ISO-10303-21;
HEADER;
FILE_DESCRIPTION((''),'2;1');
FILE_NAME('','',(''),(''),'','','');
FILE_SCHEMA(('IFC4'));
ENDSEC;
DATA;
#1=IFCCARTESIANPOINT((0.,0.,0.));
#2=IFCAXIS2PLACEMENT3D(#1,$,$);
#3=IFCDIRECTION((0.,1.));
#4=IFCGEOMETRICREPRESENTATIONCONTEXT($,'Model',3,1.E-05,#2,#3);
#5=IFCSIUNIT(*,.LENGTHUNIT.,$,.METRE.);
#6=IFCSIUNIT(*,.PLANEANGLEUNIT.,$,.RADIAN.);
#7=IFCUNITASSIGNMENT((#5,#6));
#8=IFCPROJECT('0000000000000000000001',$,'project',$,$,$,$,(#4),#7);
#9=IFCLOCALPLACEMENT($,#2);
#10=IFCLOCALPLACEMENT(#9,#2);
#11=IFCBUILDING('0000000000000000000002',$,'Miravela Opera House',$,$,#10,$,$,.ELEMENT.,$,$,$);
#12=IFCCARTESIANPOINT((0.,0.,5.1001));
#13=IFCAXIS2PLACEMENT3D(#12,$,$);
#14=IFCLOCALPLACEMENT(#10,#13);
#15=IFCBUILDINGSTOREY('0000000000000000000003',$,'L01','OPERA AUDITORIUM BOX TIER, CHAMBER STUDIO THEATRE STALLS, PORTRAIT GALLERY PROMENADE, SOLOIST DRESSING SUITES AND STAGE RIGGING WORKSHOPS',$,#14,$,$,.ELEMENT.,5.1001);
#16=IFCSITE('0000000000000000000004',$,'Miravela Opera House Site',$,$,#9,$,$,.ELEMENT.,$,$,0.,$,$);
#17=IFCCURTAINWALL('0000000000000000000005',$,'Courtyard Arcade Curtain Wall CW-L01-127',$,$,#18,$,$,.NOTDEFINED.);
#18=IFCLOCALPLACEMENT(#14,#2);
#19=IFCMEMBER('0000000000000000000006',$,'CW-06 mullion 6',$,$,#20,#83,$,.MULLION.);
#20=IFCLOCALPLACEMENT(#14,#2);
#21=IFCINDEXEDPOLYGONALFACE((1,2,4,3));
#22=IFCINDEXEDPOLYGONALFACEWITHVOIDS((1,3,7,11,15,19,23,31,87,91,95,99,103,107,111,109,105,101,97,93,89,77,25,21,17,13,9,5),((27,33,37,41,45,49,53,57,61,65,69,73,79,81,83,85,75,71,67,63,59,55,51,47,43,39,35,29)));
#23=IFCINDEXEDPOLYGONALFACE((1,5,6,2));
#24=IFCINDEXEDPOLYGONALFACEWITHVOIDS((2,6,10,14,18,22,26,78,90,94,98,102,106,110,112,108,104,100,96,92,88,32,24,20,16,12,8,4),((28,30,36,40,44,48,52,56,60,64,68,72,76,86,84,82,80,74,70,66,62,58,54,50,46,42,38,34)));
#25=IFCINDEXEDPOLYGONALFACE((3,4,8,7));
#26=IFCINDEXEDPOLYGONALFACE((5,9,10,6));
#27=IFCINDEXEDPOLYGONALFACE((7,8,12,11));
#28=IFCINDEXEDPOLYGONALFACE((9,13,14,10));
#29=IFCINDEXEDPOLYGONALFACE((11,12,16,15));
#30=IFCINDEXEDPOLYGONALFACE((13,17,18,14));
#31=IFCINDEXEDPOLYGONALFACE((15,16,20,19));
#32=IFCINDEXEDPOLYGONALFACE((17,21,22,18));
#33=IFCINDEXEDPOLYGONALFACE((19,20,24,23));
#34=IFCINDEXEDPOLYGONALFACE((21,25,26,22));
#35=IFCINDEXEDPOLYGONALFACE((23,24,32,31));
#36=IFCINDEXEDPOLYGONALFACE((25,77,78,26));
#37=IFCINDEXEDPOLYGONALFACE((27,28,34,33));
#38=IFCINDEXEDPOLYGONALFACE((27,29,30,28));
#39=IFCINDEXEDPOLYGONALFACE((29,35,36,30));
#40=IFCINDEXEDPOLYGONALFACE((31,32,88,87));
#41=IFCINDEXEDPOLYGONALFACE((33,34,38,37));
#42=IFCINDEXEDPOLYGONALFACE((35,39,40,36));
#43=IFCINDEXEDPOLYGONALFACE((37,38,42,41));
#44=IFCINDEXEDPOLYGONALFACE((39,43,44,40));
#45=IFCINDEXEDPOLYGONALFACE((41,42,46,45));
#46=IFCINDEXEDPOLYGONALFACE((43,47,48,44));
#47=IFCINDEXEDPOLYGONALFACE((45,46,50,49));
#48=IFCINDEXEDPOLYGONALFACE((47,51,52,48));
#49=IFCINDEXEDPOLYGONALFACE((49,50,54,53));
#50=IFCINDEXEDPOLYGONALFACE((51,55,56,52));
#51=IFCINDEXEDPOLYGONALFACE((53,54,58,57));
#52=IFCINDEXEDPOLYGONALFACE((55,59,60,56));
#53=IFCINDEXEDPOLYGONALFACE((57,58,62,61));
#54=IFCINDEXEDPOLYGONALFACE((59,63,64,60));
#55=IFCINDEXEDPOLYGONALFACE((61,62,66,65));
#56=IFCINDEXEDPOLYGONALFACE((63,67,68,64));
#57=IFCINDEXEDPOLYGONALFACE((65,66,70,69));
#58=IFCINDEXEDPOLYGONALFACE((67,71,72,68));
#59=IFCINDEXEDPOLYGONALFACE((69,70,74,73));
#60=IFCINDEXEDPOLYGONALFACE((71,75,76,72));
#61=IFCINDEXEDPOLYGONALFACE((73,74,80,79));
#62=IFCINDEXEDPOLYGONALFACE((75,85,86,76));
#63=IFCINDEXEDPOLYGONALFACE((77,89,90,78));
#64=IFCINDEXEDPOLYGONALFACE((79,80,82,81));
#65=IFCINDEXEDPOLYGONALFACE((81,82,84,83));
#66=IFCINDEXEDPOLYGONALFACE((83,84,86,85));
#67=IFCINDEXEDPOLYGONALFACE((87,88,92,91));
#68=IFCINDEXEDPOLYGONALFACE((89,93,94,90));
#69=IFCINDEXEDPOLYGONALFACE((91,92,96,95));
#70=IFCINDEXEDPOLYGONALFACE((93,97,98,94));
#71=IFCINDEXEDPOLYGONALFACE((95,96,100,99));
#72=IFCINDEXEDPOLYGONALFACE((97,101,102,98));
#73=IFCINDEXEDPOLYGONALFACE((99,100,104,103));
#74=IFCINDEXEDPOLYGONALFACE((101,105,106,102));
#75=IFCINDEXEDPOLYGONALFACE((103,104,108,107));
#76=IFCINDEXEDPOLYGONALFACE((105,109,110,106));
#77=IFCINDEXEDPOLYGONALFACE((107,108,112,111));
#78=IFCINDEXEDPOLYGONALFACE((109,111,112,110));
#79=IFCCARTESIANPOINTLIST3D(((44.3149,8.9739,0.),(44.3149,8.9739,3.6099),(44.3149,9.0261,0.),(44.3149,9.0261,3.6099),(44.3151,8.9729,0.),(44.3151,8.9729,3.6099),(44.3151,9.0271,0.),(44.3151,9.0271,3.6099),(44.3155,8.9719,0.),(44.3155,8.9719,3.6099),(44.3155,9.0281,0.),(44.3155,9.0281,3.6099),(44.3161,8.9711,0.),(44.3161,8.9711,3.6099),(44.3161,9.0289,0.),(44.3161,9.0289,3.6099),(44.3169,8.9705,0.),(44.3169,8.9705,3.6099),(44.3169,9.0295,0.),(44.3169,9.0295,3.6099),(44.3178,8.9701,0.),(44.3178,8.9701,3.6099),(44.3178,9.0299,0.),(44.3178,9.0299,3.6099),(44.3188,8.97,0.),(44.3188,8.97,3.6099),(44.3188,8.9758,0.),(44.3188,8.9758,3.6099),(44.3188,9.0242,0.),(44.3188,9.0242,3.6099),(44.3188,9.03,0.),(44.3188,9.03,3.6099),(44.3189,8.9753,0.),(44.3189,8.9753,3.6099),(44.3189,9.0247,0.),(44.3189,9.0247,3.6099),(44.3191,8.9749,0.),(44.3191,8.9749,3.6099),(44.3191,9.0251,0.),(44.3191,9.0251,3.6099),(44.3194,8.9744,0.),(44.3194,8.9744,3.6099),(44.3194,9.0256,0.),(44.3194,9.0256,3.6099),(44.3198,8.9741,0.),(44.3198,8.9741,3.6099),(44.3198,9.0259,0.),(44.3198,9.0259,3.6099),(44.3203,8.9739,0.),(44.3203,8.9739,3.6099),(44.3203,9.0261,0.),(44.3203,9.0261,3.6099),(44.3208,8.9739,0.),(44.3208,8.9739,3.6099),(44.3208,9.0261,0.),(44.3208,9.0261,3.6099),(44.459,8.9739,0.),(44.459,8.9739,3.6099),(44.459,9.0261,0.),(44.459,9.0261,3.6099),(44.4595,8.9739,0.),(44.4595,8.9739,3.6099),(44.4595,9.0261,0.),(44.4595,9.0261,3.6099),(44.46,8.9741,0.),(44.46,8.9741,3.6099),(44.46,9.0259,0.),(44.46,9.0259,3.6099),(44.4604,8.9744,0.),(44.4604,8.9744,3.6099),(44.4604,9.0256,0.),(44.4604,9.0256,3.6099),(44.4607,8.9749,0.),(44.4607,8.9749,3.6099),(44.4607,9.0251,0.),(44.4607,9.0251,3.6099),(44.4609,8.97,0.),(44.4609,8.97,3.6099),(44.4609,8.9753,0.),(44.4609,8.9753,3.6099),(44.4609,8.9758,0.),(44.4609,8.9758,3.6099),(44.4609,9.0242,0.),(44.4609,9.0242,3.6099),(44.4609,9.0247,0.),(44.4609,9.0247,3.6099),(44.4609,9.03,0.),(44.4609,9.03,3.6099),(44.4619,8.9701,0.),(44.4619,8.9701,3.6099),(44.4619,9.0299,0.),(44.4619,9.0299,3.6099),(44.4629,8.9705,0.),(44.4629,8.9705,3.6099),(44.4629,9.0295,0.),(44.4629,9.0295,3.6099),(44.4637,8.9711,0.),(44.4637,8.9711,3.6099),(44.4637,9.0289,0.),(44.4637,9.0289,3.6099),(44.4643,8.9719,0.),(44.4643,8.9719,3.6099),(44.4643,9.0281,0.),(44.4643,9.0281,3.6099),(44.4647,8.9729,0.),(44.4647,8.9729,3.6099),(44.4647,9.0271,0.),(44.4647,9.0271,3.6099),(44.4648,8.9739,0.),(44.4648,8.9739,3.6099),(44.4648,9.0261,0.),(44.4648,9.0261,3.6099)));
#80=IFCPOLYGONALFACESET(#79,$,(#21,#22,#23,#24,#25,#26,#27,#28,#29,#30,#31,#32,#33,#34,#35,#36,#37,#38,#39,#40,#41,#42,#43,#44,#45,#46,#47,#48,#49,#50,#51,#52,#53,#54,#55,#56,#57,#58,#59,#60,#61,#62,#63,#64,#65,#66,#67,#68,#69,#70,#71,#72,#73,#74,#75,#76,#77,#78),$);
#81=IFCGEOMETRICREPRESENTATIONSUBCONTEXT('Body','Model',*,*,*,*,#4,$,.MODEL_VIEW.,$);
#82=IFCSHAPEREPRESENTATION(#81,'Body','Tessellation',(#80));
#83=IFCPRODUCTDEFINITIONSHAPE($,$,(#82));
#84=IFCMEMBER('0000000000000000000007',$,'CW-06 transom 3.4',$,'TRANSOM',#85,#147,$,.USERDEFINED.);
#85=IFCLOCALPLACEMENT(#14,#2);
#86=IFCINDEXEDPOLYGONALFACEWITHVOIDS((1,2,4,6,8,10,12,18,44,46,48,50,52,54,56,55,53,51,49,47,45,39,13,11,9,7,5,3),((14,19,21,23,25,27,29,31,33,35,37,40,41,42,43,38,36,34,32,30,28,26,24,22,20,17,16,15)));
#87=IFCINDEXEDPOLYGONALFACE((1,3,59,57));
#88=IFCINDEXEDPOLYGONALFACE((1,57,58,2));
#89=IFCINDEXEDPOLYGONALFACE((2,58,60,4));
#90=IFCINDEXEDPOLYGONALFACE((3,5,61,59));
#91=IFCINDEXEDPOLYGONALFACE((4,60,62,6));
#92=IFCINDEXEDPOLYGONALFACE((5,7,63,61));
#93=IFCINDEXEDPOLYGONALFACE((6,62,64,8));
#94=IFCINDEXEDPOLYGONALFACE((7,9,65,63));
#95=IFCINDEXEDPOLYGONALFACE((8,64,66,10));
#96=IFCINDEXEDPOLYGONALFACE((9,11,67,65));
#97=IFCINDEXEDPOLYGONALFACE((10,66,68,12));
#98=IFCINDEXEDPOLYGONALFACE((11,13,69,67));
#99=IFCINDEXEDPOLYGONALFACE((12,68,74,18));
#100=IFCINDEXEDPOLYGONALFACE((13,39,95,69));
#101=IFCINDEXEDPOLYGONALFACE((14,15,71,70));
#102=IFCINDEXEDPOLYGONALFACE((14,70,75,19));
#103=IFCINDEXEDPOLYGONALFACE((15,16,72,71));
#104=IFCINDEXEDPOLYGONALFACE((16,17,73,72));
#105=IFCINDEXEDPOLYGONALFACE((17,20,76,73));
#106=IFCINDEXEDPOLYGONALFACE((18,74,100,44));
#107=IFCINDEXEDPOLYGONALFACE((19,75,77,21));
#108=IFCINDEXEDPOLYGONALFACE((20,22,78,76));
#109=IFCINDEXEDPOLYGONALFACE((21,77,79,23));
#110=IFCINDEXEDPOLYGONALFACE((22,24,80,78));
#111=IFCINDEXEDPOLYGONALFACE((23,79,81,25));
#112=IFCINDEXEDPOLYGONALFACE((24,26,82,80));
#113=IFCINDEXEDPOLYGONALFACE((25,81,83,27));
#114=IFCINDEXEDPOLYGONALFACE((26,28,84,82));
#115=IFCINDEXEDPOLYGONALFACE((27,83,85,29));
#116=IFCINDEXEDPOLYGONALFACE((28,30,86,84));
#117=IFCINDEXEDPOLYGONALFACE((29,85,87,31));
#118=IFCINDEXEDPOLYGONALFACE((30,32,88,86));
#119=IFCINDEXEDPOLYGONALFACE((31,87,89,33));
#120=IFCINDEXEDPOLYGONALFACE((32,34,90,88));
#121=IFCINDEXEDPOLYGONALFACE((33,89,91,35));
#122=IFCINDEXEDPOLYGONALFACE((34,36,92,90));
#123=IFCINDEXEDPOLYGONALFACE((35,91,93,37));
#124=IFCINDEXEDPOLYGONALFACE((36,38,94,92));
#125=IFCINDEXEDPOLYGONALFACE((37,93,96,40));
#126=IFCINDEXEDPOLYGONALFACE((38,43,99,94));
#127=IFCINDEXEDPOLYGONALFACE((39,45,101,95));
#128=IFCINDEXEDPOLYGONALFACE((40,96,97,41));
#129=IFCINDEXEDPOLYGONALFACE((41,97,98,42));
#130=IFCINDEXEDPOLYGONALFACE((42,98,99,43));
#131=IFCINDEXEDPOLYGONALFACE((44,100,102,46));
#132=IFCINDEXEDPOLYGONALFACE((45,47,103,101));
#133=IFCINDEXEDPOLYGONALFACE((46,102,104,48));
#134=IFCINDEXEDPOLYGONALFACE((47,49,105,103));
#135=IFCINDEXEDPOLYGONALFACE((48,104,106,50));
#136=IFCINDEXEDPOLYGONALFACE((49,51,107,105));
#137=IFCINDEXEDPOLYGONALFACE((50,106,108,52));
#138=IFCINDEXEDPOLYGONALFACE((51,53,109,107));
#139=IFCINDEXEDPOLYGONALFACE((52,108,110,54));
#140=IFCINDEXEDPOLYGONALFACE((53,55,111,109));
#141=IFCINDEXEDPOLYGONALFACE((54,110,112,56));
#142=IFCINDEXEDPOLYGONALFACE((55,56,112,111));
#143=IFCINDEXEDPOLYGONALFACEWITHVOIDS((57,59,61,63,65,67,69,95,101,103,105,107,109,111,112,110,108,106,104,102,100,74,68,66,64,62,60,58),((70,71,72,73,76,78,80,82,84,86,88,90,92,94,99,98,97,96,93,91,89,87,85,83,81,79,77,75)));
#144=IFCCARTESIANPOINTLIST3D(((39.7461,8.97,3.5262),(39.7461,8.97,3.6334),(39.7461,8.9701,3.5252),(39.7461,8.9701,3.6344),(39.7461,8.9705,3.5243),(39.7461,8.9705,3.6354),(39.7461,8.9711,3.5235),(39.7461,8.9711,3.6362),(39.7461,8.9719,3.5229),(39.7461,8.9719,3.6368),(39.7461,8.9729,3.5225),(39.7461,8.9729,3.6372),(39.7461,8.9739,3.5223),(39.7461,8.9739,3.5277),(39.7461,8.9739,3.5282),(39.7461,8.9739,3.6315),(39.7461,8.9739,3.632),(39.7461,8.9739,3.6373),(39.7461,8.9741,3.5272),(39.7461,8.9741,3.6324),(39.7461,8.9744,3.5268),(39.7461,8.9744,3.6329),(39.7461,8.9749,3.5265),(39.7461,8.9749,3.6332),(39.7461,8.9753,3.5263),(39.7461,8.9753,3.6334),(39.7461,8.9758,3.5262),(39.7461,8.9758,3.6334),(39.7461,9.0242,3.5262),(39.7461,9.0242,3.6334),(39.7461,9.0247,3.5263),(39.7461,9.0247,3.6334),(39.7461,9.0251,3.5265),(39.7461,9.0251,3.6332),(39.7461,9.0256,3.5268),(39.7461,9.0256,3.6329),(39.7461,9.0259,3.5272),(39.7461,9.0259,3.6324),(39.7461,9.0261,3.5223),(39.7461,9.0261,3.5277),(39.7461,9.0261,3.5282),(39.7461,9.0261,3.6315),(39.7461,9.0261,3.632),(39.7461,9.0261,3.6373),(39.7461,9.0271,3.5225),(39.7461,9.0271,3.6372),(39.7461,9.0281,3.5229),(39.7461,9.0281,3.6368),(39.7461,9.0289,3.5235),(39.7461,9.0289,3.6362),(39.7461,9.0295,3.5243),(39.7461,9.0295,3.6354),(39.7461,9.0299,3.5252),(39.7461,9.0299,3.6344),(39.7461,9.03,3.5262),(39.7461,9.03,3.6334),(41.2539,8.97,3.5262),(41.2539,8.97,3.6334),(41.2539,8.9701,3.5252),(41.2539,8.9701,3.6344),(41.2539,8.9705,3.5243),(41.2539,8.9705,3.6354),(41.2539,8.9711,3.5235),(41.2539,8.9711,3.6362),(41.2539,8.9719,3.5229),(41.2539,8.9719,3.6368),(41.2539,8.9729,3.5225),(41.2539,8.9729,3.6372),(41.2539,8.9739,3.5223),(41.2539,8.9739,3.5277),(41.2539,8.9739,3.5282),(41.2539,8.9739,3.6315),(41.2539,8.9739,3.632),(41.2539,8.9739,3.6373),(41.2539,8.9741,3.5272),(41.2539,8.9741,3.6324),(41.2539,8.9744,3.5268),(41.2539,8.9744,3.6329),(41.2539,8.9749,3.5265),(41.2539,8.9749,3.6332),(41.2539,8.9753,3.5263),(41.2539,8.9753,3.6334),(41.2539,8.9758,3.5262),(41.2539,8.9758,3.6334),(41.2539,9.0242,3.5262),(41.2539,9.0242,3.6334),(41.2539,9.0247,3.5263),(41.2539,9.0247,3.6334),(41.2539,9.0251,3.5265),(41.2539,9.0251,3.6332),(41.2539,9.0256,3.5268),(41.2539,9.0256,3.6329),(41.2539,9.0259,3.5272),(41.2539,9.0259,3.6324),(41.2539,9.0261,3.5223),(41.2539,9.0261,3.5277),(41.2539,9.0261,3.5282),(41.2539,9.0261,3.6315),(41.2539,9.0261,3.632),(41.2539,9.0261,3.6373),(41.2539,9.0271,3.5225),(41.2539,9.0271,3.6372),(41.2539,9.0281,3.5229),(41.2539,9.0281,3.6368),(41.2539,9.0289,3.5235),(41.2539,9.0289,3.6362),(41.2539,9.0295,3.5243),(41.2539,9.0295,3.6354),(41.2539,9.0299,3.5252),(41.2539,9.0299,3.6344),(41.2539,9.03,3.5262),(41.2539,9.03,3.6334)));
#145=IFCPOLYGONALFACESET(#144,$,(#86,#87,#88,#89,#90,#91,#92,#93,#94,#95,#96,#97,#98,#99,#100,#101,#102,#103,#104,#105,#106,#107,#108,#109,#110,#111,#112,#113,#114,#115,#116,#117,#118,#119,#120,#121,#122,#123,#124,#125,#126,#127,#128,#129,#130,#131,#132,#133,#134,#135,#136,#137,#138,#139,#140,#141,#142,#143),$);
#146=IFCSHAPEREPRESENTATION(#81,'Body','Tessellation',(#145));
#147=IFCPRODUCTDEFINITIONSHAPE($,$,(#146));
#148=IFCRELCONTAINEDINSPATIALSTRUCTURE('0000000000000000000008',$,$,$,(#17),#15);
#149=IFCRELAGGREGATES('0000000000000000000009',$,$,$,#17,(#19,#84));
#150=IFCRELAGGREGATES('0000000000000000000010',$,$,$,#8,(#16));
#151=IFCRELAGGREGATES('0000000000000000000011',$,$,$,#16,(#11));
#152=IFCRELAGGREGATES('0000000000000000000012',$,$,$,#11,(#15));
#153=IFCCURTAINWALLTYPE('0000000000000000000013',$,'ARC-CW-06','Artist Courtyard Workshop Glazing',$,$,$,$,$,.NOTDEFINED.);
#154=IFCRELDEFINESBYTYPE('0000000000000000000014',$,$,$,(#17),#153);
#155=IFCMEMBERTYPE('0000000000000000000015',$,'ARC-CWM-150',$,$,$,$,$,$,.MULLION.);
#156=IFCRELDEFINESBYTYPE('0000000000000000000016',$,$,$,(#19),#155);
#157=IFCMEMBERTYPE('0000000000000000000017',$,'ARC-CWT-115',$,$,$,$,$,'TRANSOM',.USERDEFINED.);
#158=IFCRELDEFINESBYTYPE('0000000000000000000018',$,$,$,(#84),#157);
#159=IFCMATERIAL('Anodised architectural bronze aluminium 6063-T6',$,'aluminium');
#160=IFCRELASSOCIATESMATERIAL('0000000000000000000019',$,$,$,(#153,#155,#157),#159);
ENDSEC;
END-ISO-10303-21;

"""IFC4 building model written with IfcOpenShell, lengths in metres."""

from ifc_helpers import new_model, si_unit, direction, frame, origin, origin_2d, place, context, subcontext, project, spatial, hollow_rectangle, extrude, material, material_profile, profile_set, type_object, element, aggregate, save


model = new_model("IFC4")

# Units and contexts
model_context = context("Model", 3, precision=1e-05, world=origin(), true_north=direction((0.0, 1.0)))
body_context = subcontext(model_context, "Body", "Model", "MODEL_VIEW")
ifc_project = project(units=[si_unit("LENGTHUNIT", "METRE"), si_unit("PLANEANGLEUNIT", "RADIAN")], contexts=[model_context])

# Site, building, storey
site_placement = place(None, origin())
site = spatial("IfcSite", under=ifc_project, at=site_placement, Name="Miravela Opera House Site", CompositionType="ELEMENT", RefElevation=0.0)
building_placement = place(site_placement, origin())
building = spatial("IfcBuilding", under=site, at=building_placement, Name="Miravela Opera House", CompositionType="ELEMENT")
storey_placement = place(building_placement, frame((0.0, 0.0, 5.1001)))
storey = spatial("IfcBuildingStorey", under=building, at=storey_placement, Name="L01", Description="OPERA AUDITORIUM BOX TIER, CHAMBER STUDIO THEATRE STALLS, PORTRAIT GALLERY PROMENADE, SOLOIST DRESSING SUITES AND STAGE RIGGING WORKSHOPS", CompositionType="ELEMENT", Elevation=5.1001)

# Curtain wall, members
ifc_material_1 = material(Name="Anodised architectural bronze aluminium 6063-T6", Category="aluminium")
curtain_wall_type = type_object("IfcCurtainWallType", Name="ARC-CW-06", Description="Artist Courtyard Workshop Glazing", PredefinedType="NOTDEFINED", material=ifc_material_1)
curtain_wall_placement = place(storey_placement, origin())
curtain_wall = element("IfcCurtainWall", 1, at=curtain_wall_placement, inside=storey, type_object=curtain_wall_type, Name="Courtyard Arcade Curtain Wall CW-L01-127", PredefinedType="NOTDEFINED")
ifc_material_profile_1 = material_profile(ifc_material_1, hollow_rectangle(XDim=0.0601, YDim=0.1499, WallThickness=0.0039, InnerFilletRadius=0.002, OuterFilletRadius=0.0039, at=origin_2d()), Name="CWM-60X150")
ifc_profile_set_1 = profile_set([ifc_material_profile_1])
member_type_1 = type_object("IfcMemberType", Name="ARC-CWM-150", PredefinedType="MULLION", material=ifc_profile_set_1)
member_1_placement = place(storey_placement, frame((44.3899, 9.0, 0.0), z_axis=(0.0, 0.0, 1.0), x_axis=(0.0, 1.0, 0.0)))
member_1 = element("IfcMember", 2, at=member_1_placement, type_object=member_type_1, Name="CW-06 mullion 6", PredefinedType="MULLION", context=body_context, shape_type="SweptSolid", body=[
    extrude(hollow_rectangle(XDim=0.0601, YDim=0.1499, WallThickness=0.0039, InnerFilletRadius=0.002, OuterFilletRadius=0.0039, at=origin_2d()), origin(), (0.0, 0.0, 1.0), 3.6099),
])
ifc_material_profile_2 = material_profile(ifc_material_1, hollow_rectangle(XDim=0.0601, YDim=0.115, WallThickness=0.0039, InnerFilletRadius=0.002, OuterFilletRadius=0.0039, at=origin_2d()), Name="CWT-60X115")
ifc_profile_set_2 = profile_set([ifc_material_profile_2])
member_type_2 = type_object("IfcMemberType", Name="ARC-CWT-115", ElementType="TRANSOM", PredefinedType="USERDEFINED", material=ifc_profile_set_2)
member_2_placement = place(storey_placement, frame((39.7461, 9.0, 3.5798), z_axis=(1.0, 0.0, 0.0), x_axis=(0.0, 1.0, 0.0)))
member_2 = element("IfcMember", 3, at=member_2_placement, type_object=member_type_2, Name="CW-06 transom 3.4", ObjectType="TRANSOM", PredefinedType="USERDEFINED", context=body_context, shape_type="SweptSolid", body=[
    extrude(hollow_rectangle(XDim=0.0601, YDim=0.115, WallThickness=0.0039, InnerFilletRadius=0.002, OuterFilletRadius=0.0039, at=origin_2d()), origin(), (0.0, 0.0, 1.0), 1.5078),
])

aggregate(curtain_wall, [member_1, member_2])

save(model, "model.ifc")
